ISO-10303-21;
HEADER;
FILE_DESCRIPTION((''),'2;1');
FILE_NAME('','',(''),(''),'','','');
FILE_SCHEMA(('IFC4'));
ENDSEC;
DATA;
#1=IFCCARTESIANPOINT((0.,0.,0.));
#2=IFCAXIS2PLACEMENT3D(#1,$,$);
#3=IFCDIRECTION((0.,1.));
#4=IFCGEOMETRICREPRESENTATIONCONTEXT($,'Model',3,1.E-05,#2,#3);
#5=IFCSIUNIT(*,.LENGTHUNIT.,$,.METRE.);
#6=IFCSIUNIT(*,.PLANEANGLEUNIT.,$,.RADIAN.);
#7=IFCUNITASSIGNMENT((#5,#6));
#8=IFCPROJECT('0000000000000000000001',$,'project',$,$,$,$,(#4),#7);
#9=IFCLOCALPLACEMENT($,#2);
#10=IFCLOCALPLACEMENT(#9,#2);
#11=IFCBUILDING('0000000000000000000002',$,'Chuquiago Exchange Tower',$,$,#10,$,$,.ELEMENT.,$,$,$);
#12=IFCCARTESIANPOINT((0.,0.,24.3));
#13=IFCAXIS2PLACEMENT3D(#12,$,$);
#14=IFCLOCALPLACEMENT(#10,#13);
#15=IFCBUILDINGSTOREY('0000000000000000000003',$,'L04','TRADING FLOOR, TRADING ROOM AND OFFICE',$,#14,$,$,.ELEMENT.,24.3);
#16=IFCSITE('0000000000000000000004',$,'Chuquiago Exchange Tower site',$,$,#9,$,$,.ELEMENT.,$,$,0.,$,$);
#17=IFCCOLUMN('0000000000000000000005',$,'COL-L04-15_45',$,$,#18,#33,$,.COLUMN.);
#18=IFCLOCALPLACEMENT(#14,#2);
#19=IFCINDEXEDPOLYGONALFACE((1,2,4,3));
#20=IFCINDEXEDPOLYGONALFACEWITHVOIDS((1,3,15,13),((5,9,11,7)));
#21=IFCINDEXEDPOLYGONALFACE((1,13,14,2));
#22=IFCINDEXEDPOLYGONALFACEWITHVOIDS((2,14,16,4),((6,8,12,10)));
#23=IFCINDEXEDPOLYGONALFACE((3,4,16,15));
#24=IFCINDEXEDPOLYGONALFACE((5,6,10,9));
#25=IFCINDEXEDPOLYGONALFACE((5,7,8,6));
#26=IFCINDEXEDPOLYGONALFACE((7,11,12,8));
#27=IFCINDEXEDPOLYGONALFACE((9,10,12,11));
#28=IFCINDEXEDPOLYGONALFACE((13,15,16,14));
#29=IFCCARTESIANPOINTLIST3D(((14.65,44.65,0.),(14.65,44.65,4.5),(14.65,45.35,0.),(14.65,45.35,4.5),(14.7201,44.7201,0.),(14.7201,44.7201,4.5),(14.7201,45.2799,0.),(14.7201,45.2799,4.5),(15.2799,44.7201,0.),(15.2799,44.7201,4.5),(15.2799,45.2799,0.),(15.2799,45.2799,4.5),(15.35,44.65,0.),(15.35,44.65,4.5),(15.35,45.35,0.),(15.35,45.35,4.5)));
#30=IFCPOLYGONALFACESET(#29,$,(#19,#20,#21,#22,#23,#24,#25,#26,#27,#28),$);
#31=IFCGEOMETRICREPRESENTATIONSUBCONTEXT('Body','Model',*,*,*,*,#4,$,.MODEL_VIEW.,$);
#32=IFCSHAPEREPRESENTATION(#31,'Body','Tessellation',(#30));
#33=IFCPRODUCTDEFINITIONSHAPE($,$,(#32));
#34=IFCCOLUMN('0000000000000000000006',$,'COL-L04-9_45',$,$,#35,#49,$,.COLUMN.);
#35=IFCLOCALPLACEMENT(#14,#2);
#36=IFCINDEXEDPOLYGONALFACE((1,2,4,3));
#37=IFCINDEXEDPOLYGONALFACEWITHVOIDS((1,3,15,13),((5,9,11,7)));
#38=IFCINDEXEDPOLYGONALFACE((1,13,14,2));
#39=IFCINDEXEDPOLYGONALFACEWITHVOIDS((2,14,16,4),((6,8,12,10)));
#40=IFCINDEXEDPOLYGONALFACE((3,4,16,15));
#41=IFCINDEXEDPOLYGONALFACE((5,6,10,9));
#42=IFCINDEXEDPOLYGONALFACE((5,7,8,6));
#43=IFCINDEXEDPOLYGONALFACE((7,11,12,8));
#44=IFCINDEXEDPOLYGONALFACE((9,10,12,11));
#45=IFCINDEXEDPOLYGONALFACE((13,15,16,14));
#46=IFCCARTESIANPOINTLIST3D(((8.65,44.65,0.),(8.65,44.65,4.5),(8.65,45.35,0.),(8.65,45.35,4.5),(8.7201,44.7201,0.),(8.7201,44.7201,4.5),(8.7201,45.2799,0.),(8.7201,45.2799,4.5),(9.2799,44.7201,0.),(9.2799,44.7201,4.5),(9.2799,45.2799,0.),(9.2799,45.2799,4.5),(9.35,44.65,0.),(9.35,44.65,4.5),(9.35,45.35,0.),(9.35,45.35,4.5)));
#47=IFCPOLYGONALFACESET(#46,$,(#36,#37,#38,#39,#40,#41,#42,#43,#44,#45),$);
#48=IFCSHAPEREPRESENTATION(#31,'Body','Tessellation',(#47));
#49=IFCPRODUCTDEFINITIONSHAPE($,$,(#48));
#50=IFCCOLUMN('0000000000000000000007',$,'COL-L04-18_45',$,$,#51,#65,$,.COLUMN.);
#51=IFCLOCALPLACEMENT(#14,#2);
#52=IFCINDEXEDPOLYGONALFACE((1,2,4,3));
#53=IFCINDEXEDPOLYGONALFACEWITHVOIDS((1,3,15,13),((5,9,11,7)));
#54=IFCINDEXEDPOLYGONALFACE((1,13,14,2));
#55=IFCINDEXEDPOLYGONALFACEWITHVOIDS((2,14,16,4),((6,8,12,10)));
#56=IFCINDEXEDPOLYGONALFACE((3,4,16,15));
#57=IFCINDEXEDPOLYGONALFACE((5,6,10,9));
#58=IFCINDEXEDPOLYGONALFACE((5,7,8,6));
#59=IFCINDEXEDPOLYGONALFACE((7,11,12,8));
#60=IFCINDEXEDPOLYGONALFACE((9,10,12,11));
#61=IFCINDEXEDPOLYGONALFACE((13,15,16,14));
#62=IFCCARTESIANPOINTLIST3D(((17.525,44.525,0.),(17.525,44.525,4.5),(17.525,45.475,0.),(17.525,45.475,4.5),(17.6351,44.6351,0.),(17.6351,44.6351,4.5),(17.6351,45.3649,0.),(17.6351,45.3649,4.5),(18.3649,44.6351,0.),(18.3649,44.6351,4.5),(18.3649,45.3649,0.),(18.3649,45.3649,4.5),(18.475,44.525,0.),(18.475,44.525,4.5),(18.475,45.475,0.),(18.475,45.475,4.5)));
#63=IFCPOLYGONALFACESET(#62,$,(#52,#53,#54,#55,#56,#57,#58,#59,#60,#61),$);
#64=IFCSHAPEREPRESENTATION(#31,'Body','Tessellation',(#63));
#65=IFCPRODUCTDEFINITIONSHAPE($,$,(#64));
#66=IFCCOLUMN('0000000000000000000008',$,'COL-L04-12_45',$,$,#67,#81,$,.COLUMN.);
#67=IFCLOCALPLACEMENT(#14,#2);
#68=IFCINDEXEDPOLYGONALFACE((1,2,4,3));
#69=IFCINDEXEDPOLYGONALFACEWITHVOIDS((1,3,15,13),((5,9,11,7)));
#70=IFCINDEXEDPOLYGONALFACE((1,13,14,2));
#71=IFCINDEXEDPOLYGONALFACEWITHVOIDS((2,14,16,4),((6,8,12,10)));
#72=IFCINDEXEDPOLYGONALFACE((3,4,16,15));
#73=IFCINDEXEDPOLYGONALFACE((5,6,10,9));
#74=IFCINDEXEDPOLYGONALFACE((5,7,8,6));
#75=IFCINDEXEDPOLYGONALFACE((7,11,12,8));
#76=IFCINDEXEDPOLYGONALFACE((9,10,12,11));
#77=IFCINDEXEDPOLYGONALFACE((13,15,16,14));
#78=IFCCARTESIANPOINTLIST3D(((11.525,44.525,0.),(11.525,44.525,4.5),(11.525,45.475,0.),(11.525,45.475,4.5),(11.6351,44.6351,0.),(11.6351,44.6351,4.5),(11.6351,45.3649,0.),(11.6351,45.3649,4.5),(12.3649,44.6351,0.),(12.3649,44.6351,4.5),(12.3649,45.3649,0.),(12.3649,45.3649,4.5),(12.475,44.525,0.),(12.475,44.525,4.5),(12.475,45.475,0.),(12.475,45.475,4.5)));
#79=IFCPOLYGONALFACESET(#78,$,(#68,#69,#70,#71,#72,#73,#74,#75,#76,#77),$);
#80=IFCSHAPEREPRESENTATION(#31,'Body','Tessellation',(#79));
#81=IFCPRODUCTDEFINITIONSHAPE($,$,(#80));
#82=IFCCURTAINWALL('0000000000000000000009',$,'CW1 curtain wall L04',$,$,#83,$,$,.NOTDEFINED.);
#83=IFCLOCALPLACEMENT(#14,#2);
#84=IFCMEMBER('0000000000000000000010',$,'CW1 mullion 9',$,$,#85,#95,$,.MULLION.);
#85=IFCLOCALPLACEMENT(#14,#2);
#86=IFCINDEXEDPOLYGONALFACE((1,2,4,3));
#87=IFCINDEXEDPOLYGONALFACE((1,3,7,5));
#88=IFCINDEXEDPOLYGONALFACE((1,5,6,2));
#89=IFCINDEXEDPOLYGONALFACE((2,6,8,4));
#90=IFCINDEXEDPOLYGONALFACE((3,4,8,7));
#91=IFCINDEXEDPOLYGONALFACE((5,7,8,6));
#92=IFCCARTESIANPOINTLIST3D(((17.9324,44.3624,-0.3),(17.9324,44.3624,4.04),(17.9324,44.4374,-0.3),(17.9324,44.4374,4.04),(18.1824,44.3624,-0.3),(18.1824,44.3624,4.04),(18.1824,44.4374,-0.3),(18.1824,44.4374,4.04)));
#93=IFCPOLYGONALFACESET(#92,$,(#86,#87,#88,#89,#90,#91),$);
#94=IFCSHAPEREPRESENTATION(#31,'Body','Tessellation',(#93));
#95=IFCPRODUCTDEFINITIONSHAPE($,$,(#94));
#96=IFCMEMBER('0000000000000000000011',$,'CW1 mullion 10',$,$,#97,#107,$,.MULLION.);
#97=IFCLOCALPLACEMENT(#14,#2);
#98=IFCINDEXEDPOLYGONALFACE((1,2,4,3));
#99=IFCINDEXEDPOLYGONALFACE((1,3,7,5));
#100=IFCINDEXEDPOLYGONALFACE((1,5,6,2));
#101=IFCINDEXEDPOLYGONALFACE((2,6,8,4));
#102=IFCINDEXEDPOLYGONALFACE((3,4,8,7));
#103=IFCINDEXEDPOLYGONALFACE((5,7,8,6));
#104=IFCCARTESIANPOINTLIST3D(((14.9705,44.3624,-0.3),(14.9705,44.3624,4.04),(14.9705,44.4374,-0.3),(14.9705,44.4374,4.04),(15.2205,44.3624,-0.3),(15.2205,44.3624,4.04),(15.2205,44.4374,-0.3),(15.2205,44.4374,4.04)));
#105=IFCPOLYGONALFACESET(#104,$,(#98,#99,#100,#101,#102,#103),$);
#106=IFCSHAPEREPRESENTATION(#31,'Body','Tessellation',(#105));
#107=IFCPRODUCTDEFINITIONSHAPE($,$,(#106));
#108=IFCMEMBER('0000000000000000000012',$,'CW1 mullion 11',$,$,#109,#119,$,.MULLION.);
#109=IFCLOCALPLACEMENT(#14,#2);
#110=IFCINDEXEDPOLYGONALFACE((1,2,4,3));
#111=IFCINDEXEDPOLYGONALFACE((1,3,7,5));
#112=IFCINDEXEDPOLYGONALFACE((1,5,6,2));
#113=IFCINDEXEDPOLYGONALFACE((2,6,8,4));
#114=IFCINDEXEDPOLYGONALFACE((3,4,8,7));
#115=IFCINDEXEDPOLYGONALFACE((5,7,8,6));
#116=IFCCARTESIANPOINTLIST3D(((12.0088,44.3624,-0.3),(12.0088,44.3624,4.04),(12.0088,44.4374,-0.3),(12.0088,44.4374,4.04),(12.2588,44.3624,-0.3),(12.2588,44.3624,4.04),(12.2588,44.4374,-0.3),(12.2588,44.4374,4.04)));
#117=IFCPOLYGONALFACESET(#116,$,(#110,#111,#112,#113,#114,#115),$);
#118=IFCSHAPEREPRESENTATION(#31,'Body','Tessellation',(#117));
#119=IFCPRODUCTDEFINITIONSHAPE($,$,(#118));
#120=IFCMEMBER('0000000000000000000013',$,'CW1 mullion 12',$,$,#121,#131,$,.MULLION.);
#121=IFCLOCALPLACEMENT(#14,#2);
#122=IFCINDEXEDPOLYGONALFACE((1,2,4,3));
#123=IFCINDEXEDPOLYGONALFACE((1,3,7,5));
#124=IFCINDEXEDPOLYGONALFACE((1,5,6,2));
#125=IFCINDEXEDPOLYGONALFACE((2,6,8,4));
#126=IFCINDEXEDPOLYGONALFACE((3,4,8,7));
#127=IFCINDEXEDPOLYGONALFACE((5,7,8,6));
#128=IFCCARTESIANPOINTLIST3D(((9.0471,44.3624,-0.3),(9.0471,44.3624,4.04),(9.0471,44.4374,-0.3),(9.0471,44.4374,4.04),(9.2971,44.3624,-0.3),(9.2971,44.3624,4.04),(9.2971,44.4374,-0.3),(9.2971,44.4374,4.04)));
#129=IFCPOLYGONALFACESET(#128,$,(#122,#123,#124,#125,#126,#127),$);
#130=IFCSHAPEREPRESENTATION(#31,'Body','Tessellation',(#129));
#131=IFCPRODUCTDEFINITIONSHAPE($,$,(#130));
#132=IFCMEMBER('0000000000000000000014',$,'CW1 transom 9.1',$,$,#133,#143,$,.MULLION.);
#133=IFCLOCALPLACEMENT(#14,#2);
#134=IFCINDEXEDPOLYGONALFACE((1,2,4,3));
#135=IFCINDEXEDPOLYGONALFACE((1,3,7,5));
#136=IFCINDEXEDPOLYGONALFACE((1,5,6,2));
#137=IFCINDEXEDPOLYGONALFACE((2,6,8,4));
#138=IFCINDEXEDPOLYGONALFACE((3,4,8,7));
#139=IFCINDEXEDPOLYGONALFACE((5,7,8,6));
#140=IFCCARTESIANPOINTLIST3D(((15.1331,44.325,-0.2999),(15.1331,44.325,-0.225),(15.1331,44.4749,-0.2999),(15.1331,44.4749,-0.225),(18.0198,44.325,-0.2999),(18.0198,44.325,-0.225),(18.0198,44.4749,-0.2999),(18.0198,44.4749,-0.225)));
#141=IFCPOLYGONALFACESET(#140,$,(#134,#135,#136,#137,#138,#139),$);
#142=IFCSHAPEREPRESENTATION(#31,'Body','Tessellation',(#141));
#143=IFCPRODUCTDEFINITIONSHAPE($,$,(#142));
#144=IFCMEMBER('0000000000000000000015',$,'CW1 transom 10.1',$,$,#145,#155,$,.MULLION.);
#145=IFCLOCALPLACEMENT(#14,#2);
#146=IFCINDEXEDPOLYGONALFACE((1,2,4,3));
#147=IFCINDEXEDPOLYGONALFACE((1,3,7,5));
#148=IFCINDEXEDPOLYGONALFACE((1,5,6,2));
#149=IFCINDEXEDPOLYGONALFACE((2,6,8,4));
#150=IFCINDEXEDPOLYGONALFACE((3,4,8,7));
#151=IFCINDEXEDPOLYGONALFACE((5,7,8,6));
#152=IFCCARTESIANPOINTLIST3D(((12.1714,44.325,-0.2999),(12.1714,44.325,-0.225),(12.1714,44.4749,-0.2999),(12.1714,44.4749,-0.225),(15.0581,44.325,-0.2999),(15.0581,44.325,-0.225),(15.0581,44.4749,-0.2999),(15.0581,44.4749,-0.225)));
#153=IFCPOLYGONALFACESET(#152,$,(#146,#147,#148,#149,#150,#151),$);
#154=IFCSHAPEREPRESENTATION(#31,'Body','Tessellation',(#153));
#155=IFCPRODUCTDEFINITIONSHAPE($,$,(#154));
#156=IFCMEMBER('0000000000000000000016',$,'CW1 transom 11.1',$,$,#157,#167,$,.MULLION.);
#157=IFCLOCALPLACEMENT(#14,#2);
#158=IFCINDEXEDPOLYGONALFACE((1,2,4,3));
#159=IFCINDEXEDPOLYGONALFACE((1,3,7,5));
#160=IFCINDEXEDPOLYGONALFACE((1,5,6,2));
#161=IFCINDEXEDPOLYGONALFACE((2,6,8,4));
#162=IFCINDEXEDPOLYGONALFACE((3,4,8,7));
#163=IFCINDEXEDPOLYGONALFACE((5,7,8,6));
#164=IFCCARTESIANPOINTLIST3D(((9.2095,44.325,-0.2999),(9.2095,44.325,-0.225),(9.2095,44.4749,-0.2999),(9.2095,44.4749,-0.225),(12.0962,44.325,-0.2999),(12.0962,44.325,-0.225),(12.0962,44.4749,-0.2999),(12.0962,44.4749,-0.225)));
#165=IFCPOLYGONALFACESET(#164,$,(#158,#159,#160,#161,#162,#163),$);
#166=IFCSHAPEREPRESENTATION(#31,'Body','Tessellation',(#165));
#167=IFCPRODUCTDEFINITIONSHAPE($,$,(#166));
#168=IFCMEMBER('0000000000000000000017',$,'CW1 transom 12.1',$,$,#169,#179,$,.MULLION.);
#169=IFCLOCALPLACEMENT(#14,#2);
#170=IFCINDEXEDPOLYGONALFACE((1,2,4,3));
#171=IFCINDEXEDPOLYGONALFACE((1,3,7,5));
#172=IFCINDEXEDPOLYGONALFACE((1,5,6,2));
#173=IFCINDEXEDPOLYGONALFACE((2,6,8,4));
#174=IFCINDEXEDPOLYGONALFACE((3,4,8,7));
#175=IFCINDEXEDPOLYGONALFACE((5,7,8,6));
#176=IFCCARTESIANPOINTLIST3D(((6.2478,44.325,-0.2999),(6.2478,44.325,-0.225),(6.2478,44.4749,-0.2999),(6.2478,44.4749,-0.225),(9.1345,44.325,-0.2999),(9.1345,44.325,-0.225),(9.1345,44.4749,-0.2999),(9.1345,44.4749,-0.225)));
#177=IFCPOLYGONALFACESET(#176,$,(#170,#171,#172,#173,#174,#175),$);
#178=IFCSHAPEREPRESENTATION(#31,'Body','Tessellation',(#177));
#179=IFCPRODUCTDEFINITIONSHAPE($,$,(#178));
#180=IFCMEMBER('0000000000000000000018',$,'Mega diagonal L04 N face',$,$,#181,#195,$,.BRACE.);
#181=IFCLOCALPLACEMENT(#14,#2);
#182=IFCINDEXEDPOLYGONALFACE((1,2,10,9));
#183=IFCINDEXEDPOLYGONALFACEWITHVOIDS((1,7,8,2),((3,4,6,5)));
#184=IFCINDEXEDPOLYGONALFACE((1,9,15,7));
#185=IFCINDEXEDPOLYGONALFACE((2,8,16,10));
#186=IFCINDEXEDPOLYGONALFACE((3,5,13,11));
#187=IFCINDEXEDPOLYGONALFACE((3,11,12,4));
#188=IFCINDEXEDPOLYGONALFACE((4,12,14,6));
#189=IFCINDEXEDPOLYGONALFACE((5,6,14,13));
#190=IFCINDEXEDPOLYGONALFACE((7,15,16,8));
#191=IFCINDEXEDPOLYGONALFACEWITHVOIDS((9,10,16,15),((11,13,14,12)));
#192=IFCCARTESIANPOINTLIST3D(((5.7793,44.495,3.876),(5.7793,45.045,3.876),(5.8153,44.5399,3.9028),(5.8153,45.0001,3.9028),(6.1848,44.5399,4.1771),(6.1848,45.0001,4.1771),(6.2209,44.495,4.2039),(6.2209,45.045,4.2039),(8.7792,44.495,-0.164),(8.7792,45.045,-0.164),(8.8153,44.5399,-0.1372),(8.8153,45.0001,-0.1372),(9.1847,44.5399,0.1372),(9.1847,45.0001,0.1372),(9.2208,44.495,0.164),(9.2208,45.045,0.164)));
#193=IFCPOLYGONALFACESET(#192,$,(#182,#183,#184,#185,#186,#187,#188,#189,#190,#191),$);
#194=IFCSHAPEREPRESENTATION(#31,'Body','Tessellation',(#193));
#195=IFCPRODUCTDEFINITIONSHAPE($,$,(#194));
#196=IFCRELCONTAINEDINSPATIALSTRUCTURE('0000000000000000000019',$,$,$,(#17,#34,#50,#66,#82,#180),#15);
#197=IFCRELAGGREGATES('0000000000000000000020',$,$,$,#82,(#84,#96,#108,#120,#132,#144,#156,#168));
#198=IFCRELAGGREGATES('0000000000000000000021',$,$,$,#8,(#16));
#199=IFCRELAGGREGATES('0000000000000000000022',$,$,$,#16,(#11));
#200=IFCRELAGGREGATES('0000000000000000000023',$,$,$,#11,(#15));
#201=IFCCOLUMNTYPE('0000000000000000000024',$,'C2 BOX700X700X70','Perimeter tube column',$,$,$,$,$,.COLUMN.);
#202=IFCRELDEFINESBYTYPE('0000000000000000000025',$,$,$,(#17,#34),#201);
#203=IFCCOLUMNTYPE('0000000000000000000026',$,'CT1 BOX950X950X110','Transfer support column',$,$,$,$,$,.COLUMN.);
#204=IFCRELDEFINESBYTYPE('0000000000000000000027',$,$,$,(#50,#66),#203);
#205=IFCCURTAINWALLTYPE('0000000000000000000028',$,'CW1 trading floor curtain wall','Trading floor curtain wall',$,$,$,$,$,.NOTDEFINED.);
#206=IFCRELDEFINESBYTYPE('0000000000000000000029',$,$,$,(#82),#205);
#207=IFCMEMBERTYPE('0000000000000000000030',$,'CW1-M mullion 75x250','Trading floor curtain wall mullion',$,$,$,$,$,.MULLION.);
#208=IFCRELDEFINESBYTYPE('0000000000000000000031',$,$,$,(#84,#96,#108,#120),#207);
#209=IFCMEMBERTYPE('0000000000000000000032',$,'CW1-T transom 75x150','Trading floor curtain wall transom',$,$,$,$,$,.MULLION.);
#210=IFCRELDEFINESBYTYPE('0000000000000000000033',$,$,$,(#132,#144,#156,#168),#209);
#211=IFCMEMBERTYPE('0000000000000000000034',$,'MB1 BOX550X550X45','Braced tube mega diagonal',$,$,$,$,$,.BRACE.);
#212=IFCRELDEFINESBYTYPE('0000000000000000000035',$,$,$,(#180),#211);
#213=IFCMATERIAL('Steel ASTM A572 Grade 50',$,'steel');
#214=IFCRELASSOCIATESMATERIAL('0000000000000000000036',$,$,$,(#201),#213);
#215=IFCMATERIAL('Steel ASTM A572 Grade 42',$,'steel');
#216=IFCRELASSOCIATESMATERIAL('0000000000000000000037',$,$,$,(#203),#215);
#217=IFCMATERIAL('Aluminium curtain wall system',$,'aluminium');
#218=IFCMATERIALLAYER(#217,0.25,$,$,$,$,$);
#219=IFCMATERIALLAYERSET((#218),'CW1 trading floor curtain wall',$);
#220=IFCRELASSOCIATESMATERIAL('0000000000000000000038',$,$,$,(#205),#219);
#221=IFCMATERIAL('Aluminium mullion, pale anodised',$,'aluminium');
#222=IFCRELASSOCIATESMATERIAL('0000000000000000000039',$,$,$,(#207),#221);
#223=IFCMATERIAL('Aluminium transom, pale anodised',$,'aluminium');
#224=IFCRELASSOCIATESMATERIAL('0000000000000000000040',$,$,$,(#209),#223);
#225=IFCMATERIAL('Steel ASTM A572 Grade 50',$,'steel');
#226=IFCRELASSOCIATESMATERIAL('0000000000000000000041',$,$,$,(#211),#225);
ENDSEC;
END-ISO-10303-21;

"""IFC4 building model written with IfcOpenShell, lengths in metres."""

from ifc_helpers import new_model, si_unit, direction, frame, origin, origin_2d, place, context, subcontext, project, spatial, rectangle, hollow_rectangle, extrude, material, layer, layer_set, material_profile, profile_set, type_object, element, aggregate, save


model = new_model("IFC4")

# Units and contexts
model_context = context("Model", 3, precision=1e-05, world=origin(), true_north=direction((0.0, 1.0)))
body_context = subcontext(model_context, "Body", "Model", "MODEL_VIEW")
ifc_project = project(units=[si_unit("LENGTHUNIT", "METRE"), si_unit("PLANEANGLEUNIT", "RADIAN")], contexts=[model_context])

# Site, building, storey
site_placement = place(None, origin())
site = spatial("IfcSite", under=ifc_project, at=site_placement, Name="Chuquiago Exchange Tower site", CompositionType="ELEMENT", RefElevation=0.0)
building_placement = place(site_placement, origin())
building = spatial("IfcBuilding", under=site, at=building_placement, Name="Chuquiago Exchange Tower", CompositionType="ELEMENT")
storey_placement = place(building_placement, frame((0.0, 0.0, 24.3)))
storey = spatial("IfcBuildingStorey", under=building, at=storey_placement, Name="L04", Description="TRADING FLOOR, TRADING ROOM AND OFFICE", CompositionType="ELEMENT", Elevation=24.3)

# Columns
ifc_material_1 = material(Name="Steel ASTM A572 Grade 50", Category="steel")
ifc_material_profile_1 = material_profile(ifc_material_1, hollow_rectangle(XDim=0.7, YDim=0.7, WallThickness=0.0701, at=origin_2d()), Name="BOX700X700X70")
ifc_profile_set_1 = profile_set([ifc_material_profile_1], Name="Steel ASTM A572 Grade 50")
column_type_1 = type_object("IfcColumnType", Name="C2 BOX700X700X70", Description="Perimeter tube column", PredefinedType="COLUMN", material=ifc_profile_set_1)
for number, where, z_axis, x_axis, name in (
    (1, (15.0, 45.0, 0.0), (0.0, 0.0, 1.0), (0.0, 1.0, 0.0), "COL-L04-15_45"),
    (2, (9.0, 45.0, 0.0), (0.0, 0.0, 1.0), (0.0, 1.0, 0.0), "COL-L04-9_45"),
):
    element("IfcColumn", number, at=place(storey_placement, frame(where, z_axis=z_axis, x_axis=x_axis)), inside=storey, type_object=column_type_1, Name=name, PredefinedType="COLUMN", context=body_context, shape_type="SweptSolid", body=[
        extrude(hollow_rectangle(XDim=0.7, YDim=0.7, WallThickness=0.0701, at=origin_2d()), origin(), (0.0, 0.0, 1.0), 4.5),
    ])
ifc_material_2 = material(Name="Steel ASTM A572 Grade 42", Category="steel")
ifc_material_profile_2 = material_profile(ifc_material_2, hollow_rectangle(XDim=0.95, YDim=0.95, WallThickness=0.1101, at=origin_2d()), Name="BOX950X950X110")
ifc_profile_set_2 = profile_set([ifc_material_profile_2], Name="Steel ASTM A572 Grade 42")
column_type_2 = type_object("IfcColumnType", Name="CT1 BOX950X950X110", Description="Transfer support column", PredefinedType="COLUMN", material=ifc_profile_set_2)
for number, where, z_axis, x_axis, name in (
    (3, (18.0, 45.0, 0.0), (0.0, 0.0, 1.0), (0.0, 1.0, 0.0), "COL-L04-18_45"),
    (4, (12.0, 45.0, 0.0), (0.0, 0.0, 1.0), (0.0, 1.0, 0.0), "COL-L04-12_45"),
):
    element("IfcColumn", number, at=place(storey_placement, frame(where, z_axis=z_axis, x_axis=x_axis)), inside=storey, type_object=column_type_2, Name=name, PredefinedType="COLUMN", context=body_context, shape_type="SweptSolid", body=[
        extrude(hollow_rectangle(XDim=0.95, YDim=0.95, WallThickness=0.1101, at=origin_2d()), origin(), (0.0, 0.0, 1.0), 4.5),
    ])

# Curtain wall, members
ifc_material_3 = material(Name="Aluminium curtain wall system", Category="aluminium")
ifc_layer_1 = layer(ifc_material_3, 0.25)
ifc_layer_set_1 = layer_set([ifc_layer_1], Name="CW1 trading floor curtain wall")
curtain_wall_type = type_object("IfcCurtainWallType", Name="CW1 trading floor curtain wall", Description="Trading floor curtain wall", PredefinedType="NOTDEFINED", material=ifc_layer_set_1)
curtain_wall_placement = place(storey_placement, origin())
curtain_wall = element("IfcCurtainWall", 5, at=curtain_wall_placement, inside=storey, type_object=curtain_wall_type, Name="CW1 curtain wall L04", PredefinedType="NOTDEFINED")
ifc_material_4 = material(Name="Aluminium mullion, pale anodised", Category="aluminium")
ifc_material_profile_3 = material_profile(ifc_material_4, rectangle(XDim=0.075, YDim=0.25, at=origin_2d()), Name="AL 75x250")
ifc_profile_set_3 = profile_set([ifc_material_profile_3], Name="Aluminium mullion, pale anodised")
member_type_1 = type_object("IfcMemberType", Name="CW1-M mullion 75x250", Description="Trading floor curtain wall mullion", PredefinedType="MULLION", material=ifc_profile_set_3)
member_1_placement = place(storey_placement, frame((18.0574, 44.3999, -0.3), z_axis=(0.0, 0.0, 1.0), x_axis=(0.0, -1.0, 0.0)))
member_1 = element("IfcMember", 6, at=member_1_placement, type_object=member_type_1, Name="CW1 mullion 9", PredefinedType="MULLION", context=body_context, shape_type="SweptSolid", body=[
    extrude(rectangle(XDim=0.075, YDim=0.25, at=origin_2d()), origin(), (0.0, 0.0, 1.0), 4.3401),
])
member_2_placement = place(storey_placement, frame((15.0955, 44.3999, -0.3), z_axis=(0.0, 0.0, 1.0), x_axis=(0.0, -1.0, 0.0)))
member_2 = element("IfcMember", 7, at=member_2_placement, type_object=member_type_1, Name="CW1 mullion 10", PredefinedType="MULLION", context=body_context, shape_type="SweptSolid", body=[
    extrude(rectangle(XDim=0.075, YDim=0.25, at=origin_2d()), origin(), (0.0, 0.0, 1.0), 4.3401),
])
member_3_placement = place(storey_placement, frame((12.1338, 44.3999, -0.3), z_axis=(0.0, 0.0, 1.0), x_axis=(0.0, -1.0, 0.0)))
member_3 = element("IfcMember", 8, at=member_3_placement, type_object=member_type_1, Name="CW1 mullion 11", PredefinedType="MULLION", context=body_context, shape_type="SweptSolid", body=[
    extrude(rectangle(XDim=0.075, YDim=0.25, at=origin_2d()), origin(), (0.0, 0.0, 1.0), 4.3401),
])
member_4_placement = place(storey_placement, frame((9.1721, 44.3999, -0.3), z_axis=(0.0, 0.0, 1.0), x_axis=(0.0, -1.0, 0.0)))
member_4 = element("IfcMember", 9, at=member_4_placement, type_object=member_type_1, Name="CW1 mullion 12", PredefinedType="MULLION", context=body_context, shape_type="SweptSolid", body=[
    extrude(rectangle(XDim=0.075, YDim=0.25, at=origin_2d()), origin(), (0.0, 0.0, 1.0), 4.3401),
])
ifc_material_5 = material(Name="Aluminium transom, pale anodised", Category="aluminium")
ifc_material_profile_4 = material_profile(ifc_material_5, rectangle(XDim=0.1499, YDim=0.075, at=origin_2d()), Name="AL 150x75")
ifc_profile_set_4 = profile_set([ifc_material_profile_4], Name="Aluminium transom, pale anodised")
member_type_2 = type_object("IfcMemberType", Name="CW1-T transom 75x150", Description="Trading floor curtain wall transom", PredefinedType="MULLION", material=ifc_profile_set_4)
member_5_placement = place(storey_placement, frame((18.0198, 44.3999, -0.2625), z_axis=(-1.0, 0.0, 0.0), x_axis=(0.0, -1.0, 0.0)))
member_5 = element("IfcMember", 10, at=member_5_placement, type_object=member_type_2, Name="CW1 transom 9.1", PredefinedType="MULLION", context=body_context, shape_type="SweptSolid", body=[
    extrude(rectangle(XDim=0.1499, YDim=0.075, at=origin_2d()), origin(), (0.0, 0.0, 1.0), 2.8867),
])
member_6_placement = place(storey_placement, frame((15.0581, 44.3999, -0.2625), z_axis=(-1.0, 0.0, 0.0), x_axis=(0.0, -1.0, 0.0)))
member_6 = element("IfcMember", 11, at=member_6_placement, type_object=member_type_2, Name="CW1 transom 10.1", PredefinedType="MULLION", context=body_context, shape_type="SweptSolid", body=[
    extrude(rectangle(XDim=0.1499, YDim=0.075, at=origin_2d()), origin(), (0.0, 0.0, 1.0), 2.8867),
])
member_7_placement = place(storey_placement, frame((12.0962, 44.3999, -0.2625), z_axis=(-1.0, 0.0, 0.0), x_axis=(0.0, -1.0, 0.0)))
member_7 = element("IfcMember", 12, at=member_7_placement, type_object=member_type_2, Name="CW1 transom 11.1", PredefinedType="MULLION", context=body_context, shape_type="SweptSolid", body=[
    extrude(rectangle(XDim=0.1499, YDim=0.075, at=origin_2d()), origin(), (0.0, 0.0, 1.0), 2.8867),
])
member_8_placement = place(storey_placement, frame((9.1345, 44.3999, -0.2625), z_axis=(-1.0, 0.0, 0.0), x_axis=(0.0, -1.0, 0.0)))
member_8 = element("IfcMember", 13, at=member_8_placement, type_object=member_type_2, Name="CW1 transom 12.1", PredefinedType="MULLION", context=body_context, shape_type="SweptSolid", body=[
    extrude(rectangle(XDim=0.1499, YDim=0.075, at=origin_2d()), origin(), (0.0, 0.0, 1.0), 2.8867),
])

# Member
ifc_material_6 = material(Name="Steel ASTM A572 Grade 50", Category="steel")
ifc_material_profile_5 = material_profile(ifc_material_6, hollow_rectangle(XDim=0.55, YDim=0.55, WallThickness=0.0449, at=origin_2d()), Name="BOX550X550X45")
ifc_profile_set_5 = profile_set([ifc_material_profile_5], Name="Steel ASTM A572 Grade 50")
member_type_3 = type_object("IfcMemberType", Name="MB1 BOX550X550X45", Description="Braced tube mega diagonal", PredefinedType="BRACE", material=ifc_profile_set_5)
member_9_placement = place(storey_placement, frame((9.0, 44.77, 0.0), z_axis=(-0.596174, 0.0, 0.802855), x_axis=(0.0, -1.0, 0.0)))
element("IfcMember", 14, at=member_9_placement, inside=storey, type_object=member_type_3, Name="Mega diagonal L04 N face", PredefinedType="BRACE", context=body_context, shape_type="SweptSolid", body=[
    extrude(hollow_rectangle(XDim=0.55, YDim=0.55, WallThickness=0.0449, at=origin_2d()), origin(), (0.0, 0.0, 1.0), 5.032),
])

aggregate(curtain_wall, [member_1, member_2, member_3, member_4, member_5, member_6, member_7, member_8])

save(model, "model.ifc")
